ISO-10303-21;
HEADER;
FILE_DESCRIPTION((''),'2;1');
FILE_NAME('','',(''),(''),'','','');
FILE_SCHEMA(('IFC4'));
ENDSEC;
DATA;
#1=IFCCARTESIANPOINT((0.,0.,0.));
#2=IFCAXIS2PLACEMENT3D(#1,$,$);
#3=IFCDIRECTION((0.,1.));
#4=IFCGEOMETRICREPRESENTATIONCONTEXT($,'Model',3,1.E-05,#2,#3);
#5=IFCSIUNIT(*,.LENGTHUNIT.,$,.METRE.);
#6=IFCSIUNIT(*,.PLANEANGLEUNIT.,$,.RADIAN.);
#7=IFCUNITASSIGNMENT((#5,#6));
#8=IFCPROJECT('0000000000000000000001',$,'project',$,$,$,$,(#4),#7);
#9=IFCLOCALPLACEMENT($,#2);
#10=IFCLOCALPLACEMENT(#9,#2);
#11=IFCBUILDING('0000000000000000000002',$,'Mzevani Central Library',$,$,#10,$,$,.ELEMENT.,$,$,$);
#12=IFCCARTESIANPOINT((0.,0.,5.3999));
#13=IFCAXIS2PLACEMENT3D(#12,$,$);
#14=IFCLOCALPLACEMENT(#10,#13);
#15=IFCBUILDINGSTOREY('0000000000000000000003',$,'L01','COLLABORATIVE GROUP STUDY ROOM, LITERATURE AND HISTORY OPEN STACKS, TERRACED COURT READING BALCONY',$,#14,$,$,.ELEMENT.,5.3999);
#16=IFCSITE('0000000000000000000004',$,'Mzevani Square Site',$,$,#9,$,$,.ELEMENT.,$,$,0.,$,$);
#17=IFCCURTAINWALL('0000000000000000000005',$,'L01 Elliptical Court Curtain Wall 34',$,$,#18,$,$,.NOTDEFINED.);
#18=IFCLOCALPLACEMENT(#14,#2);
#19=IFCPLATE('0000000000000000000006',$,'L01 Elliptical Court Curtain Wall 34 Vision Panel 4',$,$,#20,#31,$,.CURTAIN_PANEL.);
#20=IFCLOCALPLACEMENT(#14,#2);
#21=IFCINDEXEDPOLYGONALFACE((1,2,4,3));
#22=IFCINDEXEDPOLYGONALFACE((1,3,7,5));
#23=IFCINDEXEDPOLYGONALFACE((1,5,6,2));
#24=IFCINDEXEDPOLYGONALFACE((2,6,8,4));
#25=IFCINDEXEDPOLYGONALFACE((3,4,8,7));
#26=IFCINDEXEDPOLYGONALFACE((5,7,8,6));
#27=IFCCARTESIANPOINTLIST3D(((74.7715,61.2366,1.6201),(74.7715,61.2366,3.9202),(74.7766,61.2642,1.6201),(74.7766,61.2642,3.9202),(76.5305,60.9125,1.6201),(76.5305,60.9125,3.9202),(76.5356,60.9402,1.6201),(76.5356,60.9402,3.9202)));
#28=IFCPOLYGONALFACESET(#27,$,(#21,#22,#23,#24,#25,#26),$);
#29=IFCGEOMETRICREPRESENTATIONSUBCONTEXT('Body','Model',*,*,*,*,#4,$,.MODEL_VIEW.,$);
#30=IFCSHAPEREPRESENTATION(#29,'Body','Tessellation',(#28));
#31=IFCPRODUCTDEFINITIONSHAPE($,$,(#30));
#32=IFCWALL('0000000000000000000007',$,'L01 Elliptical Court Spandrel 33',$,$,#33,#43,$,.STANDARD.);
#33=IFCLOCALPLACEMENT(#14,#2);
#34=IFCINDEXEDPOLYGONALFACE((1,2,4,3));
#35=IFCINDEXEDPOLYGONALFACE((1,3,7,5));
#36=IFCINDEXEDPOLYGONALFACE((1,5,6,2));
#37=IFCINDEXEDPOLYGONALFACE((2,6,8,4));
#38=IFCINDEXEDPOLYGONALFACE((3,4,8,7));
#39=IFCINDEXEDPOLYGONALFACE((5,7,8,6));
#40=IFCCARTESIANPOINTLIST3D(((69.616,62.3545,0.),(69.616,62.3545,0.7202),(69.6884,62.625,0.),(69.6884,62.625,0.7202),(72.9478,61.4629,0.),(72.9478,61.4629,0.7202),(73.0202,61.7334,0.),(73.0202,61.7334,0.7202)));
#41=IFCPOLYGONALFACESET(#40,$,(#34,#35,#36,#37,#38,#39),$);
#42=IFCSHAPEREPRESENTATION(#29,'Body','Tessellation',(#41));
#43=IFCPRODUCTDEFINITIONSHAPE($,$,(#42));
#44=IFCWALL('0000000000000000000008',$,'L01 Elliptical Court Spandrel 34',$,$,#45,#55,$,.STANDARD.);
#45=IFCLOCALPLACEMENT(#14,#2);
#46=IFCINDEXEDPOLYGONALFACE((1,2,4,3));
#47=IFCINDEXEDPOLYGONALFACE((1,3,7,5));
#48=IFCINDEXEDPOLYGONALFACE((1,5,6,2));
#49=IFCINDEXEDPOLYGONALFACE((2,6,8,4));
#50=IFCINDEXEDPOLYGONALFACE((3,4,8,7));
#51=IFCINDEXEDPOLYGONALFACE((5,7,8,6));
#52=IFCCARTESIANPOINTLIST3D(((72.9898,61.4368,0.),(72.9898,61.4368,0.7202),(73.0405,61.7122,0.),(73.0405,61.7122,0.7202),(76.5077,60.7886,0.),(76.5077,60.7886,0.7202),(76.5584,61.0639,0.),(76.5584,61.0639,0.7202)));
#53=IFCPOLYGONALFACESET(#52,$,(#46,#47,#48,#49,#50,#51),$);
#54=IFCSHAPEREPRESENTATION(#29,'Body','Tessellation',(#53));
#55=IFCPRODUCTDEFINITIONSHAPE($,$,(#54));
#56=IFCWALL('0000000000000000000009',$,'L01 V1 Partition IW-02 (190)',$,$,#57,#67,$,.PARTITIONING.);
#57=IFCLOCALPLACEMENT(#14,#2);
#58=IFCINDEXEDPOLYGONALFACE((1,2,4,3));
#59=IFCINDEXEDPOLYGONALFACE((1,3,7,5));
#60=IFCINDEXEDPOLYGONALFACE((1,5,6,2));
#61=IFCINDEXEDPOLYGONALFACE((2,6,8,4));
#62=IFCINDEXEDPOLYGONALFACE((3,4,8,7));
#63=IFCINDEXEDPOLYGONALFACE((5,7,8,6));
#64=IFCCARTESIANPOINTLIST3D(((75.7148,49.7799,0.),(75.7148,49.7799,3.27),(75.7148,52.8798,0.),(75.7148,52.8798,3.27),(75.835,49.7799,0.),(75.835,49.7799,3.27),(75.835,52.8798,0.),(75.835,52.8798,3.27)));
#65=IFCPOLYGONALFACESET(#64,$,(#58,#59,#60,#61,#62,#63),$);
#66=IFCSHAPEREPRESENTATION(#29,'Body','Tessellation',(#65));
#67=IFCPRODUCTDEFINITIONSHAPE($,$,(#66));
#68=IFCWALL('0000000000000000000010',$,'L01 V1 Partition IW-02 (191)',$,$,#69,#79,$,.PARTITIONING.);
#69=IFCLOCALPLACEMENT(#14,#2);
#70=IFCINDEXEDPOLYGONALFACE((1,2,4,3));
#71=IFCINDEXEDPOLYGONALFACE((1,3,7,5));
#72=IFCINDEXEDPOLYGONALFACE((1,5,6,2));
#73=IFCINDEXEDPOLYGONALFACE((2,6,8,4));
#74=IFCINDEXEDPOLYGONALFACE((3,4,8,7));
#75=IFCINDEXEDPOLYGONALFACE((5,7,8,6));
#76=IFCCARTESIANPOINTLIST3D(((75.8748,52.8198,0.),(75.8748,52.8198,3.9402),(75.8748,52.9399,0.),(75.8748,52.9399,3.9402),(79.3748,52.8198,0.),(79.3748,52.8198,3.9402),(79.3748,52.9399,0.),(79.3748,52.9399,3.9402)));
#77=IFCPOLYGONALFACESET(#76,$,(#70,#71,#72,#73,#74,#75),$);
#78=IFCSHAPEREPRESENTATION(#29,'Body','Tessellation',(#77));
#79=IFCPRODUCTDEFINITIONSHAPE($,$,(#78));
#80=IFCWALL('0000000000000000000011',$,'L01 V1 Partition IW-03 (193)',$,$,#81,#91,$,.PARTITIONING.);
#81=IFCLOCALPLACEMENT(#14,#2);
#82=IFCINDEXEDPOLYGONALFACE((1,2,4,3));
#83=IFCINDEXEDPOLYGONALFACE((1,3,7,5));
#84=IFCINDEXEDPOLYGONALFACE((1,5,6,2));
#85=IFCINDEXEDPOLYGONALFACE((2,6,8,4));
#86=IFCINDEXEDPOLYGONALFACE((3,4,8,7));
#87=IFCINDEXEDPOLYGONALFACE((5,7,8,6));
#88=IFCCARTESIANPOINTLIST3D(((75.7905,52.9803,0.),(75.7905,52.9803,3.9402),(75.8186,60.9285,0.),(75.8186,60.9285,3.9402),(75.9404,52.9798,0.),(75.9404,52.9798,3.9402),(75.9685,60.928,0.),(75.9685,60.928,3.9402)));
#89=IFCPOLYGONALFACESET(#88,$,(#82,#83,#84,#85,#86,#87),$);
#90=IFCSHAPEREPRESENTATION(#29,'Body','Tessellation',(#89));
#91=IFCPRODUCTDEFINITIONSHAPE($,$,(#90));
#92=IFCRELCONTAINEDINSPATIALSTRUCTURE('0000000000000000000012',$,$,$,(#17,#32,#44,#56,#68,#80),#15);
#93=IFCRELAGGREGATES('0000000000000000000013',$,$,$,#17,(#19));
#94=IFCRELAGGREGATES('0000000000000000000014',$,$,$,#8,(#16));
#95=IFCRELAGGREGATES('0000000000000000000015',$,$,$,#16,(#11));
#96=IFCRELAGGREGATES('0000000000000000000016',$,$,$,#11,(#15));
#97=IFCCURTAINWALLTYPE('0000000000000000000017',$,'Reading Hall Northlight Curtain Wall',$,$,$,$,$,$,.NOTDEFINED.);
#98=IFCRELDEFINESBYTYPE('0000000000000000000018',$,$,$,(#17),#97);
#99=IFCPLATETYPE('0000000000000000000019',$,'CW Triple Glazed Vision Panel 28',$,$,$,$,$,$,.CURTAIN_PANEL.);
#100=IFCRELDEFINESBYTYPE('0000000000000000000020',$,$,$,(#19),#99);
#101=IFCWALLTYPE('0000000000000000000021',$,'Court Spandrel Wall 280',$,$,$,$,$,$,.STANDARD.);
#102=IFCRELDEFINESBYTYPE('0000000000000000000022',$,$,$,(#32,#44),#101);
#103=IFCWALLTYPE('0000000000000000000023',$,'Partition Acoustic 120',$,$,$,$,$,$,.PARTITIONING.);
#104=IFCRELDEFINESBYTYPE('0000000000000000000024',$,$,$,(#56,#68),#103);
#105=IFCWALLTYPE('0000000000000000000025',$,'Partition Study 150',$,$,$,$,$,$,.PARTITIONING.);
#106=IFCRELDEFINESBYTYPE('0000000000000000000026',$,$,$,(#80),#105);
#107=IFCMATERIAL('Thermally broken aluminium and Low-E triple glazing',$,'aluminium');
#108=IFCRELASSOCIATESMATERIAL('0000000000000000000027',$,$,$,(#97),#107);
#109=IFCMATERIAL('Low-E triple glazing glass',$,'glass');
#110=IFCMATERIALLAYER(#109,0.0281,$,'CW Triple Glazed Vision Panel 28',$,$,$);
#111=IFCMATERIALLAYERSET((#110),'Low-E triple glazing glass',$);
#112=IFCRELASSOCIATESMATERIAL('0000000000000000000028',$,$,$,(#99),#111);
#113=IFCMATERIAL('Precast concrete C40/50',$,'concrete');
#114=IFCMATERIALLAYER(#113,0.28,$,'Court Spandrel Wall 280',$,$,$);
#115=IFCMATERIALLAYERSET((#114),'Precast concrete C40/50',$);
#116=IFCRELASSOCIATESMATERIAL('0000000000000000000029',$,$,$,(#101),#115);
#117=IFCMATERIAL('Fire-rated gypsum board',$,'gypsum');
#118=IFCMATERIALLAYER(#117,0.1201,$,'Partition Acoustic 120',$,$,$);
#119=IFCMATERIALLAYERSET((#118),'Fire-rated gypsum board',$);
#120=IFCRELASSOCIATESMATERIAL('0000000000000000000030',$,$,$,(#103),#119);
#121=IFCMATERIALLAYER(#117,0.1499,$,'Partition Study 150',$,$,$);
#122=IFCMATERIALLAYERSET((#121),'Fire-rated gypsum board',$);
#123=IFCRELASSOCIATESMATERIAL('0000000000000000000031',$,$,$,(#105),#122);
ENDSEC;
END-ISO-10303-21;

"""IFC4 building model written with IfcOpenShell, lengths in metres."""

from ifc_helpers import new_model, si_unit, direction, frame, frame_2d, origin, origin_2d, place, context, subcontext, project, spatial, rectangle, extrude, material, layer, layer_set, type_object, element, aggregate, save


model = new_model("IFC4")

# Units and contexts
model_context = context("Model", 3, precision=1e-05, world=origin(), true_north=direction((0.0, 1.0)))
body_context = subcontext(model_context, "Body", "Model", "MODEL_VIEW")
ifc_project = project(units=[si_unit("LENGTHUNIT", "METRE"), si_unit("PLANEANGLEUNIT", "RADIAN")], contexts=[model_context])

# Site, building, storey
site_placement = place(None, origin())
site = spatial("IfcSite", under=ifc_project, at=site_placement, Name="Mzevani Square Site", CompositionType="ELEMENT", RefElevation=0.0)
building_placement = place(site_placement, origin())
building = spatial("IfcBuilding", under=site, at=building_placement, Name="Mzevani Central Library", CompositionType="ELEMENT")
storey_placement = place(building_placement, frame((0.0, 0.0, 5.3999)))
storey = spatial("IfcBuildingStorey", under=building, at=storey_placement, Name="L01", Description="COLLABORATIVE GROUP STUDY ROOM, LITERATURE AND HISTORY OPEN STACKS, TERRACED COURT READING BALCONY", CompositionType="ELEMENT", Elevation=5.3999)

# Curtain wall
ifc_material_1 = material(Name="Thermally broken aluminium and Low-E triple glazing", Category="aluminium")
curtain_wall_type_1 = type_object("IfcCurtainWallType", Name="Reading Hall Northlight Curtain Wall", PredefinedType="NOTDEFINED", material=ifc_material_1)
curtain_wall_1_placement = place(storey_placement, origin())
curtain_wall_1 = element("IfcCurtainWall", 1, at=curtain_wall_1_placement, inside=storey, type_object=curtain_wall_type_1, Name="L01 Elliptical Court Curtain Wall 34", PredefinedType="NOTDEFINED")

# Plate
ifc_material_2 = material(Name="Low-E triple glazing glass", Category="glass")
ifc_layer_1 = layer(ifc_material_2, 0.0281, Name="CW Triple Glazed Vision Panel 28")
ifc_layer_set_1 = layer_set([ifc_layer_1], Name="Low-E triple glazing glass")
plate_type_1 = type_object("IfcPlateType", Name="CW Triple Glazed Vision Panel 28", PredefinedType="CURTAIN_PANEL", material=ifc_layer_set_1)
plate_1_placement = place(storey_placement, frame((75.6536, 61.0884, 1.6201), z_axis=(0.0, 0.0, 1.0), x_axis=(0.983449, -0.181185, 0.0)))
plate_1 = element("IfcPlate", 2, at=plate_1_placement, type_object=plate_type_1, Name="L01 Elliptical Court Curtain Wall 34 Vision Panel 4", PredefinedType="CURTAIN_PANEL", context=body_context, shape_type="SweptSolid", body=[
    extrude(rectangle(XDim=1.7886, YDim=0.0281, at=origin_2d()), origin(), (0.0, 0.0, 1.0), 2.3),
])
aggregate(curtain_wall_1, [plate_1])

# Walls
ifc_material_3 = material(Name="Precast concrete C40/50", Category="concrete")
ifc_layer_2 = layer(ifc_material_3, 0.28, Name="Court Spandrel Wall 280")
ifc_layer_set_2 = layer_set([ifc_layer_2], Name="Precast concrete C40/50")
wall_type_1 = type_object("IfcWallType", Name="Court Spandrel Wall 280", PredefinedType="STANDARD", material=ifc_layer_set_2)
wall_1_placement = place(storey_placement, frame((69.6521, 62.4897, 0.0), z_axis=(0.0, 0.0, 1.0), x_axis=(0.966009, -0.258508, 0.0)))
element("IfcWall", 3, at=wall_1_placement, inside=storey, type_object=wall_type_1, Name="L01 Elliptical Court Spandrel 33", PredefinedType="STANDARD", context=body_context, shape_type="SweptSolid", body=[
    extrude(rectangle(XDim=3.449, YDim=0.28, at=frame_2d((1.7246, 0.0))), origin(), (0.0, 0.0, 1.0), 0.7202),
])
wall_2_placement = place(storey_placement, frame((73.0151, 61.5745, 0.0), z_axis=(0.0, 0.0, 1.0), x_axis=(0.983445, -0.181209, 0.0)))
element("IfcWall", 4, at=wall_2_placement, inside=storey, type_object=wall_type_1, Name="L01 Elliptical Court Spandrel 34", PredefinedType="STANDARD", context=body_context, shape_type="SweptSolid", body=[
    extrude(rectangle(XDim=3.5771, YDim=0.28, at=frame_2d((1.7886, 0.0))), origin(), (0.0, 0.0, 1.0), 0.7202),
])
ifc_material_4 = material(Name="Fire-rated gypsum board", Category="gypsum")
ifc_layer_3 = layer(ifc_material_4, 0.1201, Name="Partition Acoustic 120")
ifc_layer_set_3 = layer_set([ifc_layer_3], Name="Fire-rated gypsum board")
wall_type_2 = type_object("IfcWallType", Name="Partition Acoustic 120", PredefinedType="PARTITIONING", material=ifc_layer_set_3)
wall_3_placement = place(storey_placement, frame((75.7749, 49.78, 0.0), z_axis=(0.0, 0.0, 1.0), x_axis=(0.0, 1.0, 0.0)))
element("IfcWall", 5, at=wall_3_placement, inside=storey, type_object=wall_type_2, Name="L01 V1 Partition IW-02 (190)", PredefinedType="PARTITIONING", context=body_context, shape_type="SweptSolid", body=[
    extrude(rectangle(XDim=3.0999, YDim=0.1201, at=frame_2d((1.5498, 0.0))), origin(), (0.0, 0.0, 1.0), 3.27),
])
wall_4_placement = place(storey_placement, frame((75.8748, 52.8799, 0.0), z_axis=(0.0, 0.0, 1.0), x_axis=(1.0, 0.0, 0.0)))
element("IfcWall", 6, at=wall_4_placement, inside=storey, type_object=wall_type_2, Name="L01 V1 Partition IW-02 (191)", PredefinedType="PARTITIONING", context=body_context, shape_type="SweptSolid", body=[
    extrude(rectangle(XDim=3.5, YDim=0.1201, at=frame_2d((1.75, 0.0))), origin(), (0.0, 0.0, 1.0), 3.9402),
])
ifc_layer_4 = layer(ifc_material_4, 0.1499, Name="Partition Study 150")
ifc_layer_set_4 = layer_set([ifc_layer_4], Name="Fire-rated gypsum board")
wall_type_3 = type_object("IfcWallType", Name="Partition Study 150", PredefinedType="PARTITIONING", material=ifc_layer_set_4)
wall_5_placement = place(storey_placement, frame((75.8936, 60.9282, 0.0), z_axis=(0.0, 0.0, 1.0), x_axis=(-0.003532, -0.999994, 0.0)))
element("IfcWall", 7, at=wall_5_placement, inside=storey, type_object=wall_type_3, Name="L01 V1 Partition IW-03 (193)", PredefinedType="PARTITIONING", context=body_context, shape_type="SweptSolid", body=[
    extrude(rectangle(XDim=7.9482, YDim=0.1499, at=frame_2d((3.9741, 0.0))), origin(), (0.0, 0.0, 1.0), 3.9402),
])

save(model, "model.ifc")
